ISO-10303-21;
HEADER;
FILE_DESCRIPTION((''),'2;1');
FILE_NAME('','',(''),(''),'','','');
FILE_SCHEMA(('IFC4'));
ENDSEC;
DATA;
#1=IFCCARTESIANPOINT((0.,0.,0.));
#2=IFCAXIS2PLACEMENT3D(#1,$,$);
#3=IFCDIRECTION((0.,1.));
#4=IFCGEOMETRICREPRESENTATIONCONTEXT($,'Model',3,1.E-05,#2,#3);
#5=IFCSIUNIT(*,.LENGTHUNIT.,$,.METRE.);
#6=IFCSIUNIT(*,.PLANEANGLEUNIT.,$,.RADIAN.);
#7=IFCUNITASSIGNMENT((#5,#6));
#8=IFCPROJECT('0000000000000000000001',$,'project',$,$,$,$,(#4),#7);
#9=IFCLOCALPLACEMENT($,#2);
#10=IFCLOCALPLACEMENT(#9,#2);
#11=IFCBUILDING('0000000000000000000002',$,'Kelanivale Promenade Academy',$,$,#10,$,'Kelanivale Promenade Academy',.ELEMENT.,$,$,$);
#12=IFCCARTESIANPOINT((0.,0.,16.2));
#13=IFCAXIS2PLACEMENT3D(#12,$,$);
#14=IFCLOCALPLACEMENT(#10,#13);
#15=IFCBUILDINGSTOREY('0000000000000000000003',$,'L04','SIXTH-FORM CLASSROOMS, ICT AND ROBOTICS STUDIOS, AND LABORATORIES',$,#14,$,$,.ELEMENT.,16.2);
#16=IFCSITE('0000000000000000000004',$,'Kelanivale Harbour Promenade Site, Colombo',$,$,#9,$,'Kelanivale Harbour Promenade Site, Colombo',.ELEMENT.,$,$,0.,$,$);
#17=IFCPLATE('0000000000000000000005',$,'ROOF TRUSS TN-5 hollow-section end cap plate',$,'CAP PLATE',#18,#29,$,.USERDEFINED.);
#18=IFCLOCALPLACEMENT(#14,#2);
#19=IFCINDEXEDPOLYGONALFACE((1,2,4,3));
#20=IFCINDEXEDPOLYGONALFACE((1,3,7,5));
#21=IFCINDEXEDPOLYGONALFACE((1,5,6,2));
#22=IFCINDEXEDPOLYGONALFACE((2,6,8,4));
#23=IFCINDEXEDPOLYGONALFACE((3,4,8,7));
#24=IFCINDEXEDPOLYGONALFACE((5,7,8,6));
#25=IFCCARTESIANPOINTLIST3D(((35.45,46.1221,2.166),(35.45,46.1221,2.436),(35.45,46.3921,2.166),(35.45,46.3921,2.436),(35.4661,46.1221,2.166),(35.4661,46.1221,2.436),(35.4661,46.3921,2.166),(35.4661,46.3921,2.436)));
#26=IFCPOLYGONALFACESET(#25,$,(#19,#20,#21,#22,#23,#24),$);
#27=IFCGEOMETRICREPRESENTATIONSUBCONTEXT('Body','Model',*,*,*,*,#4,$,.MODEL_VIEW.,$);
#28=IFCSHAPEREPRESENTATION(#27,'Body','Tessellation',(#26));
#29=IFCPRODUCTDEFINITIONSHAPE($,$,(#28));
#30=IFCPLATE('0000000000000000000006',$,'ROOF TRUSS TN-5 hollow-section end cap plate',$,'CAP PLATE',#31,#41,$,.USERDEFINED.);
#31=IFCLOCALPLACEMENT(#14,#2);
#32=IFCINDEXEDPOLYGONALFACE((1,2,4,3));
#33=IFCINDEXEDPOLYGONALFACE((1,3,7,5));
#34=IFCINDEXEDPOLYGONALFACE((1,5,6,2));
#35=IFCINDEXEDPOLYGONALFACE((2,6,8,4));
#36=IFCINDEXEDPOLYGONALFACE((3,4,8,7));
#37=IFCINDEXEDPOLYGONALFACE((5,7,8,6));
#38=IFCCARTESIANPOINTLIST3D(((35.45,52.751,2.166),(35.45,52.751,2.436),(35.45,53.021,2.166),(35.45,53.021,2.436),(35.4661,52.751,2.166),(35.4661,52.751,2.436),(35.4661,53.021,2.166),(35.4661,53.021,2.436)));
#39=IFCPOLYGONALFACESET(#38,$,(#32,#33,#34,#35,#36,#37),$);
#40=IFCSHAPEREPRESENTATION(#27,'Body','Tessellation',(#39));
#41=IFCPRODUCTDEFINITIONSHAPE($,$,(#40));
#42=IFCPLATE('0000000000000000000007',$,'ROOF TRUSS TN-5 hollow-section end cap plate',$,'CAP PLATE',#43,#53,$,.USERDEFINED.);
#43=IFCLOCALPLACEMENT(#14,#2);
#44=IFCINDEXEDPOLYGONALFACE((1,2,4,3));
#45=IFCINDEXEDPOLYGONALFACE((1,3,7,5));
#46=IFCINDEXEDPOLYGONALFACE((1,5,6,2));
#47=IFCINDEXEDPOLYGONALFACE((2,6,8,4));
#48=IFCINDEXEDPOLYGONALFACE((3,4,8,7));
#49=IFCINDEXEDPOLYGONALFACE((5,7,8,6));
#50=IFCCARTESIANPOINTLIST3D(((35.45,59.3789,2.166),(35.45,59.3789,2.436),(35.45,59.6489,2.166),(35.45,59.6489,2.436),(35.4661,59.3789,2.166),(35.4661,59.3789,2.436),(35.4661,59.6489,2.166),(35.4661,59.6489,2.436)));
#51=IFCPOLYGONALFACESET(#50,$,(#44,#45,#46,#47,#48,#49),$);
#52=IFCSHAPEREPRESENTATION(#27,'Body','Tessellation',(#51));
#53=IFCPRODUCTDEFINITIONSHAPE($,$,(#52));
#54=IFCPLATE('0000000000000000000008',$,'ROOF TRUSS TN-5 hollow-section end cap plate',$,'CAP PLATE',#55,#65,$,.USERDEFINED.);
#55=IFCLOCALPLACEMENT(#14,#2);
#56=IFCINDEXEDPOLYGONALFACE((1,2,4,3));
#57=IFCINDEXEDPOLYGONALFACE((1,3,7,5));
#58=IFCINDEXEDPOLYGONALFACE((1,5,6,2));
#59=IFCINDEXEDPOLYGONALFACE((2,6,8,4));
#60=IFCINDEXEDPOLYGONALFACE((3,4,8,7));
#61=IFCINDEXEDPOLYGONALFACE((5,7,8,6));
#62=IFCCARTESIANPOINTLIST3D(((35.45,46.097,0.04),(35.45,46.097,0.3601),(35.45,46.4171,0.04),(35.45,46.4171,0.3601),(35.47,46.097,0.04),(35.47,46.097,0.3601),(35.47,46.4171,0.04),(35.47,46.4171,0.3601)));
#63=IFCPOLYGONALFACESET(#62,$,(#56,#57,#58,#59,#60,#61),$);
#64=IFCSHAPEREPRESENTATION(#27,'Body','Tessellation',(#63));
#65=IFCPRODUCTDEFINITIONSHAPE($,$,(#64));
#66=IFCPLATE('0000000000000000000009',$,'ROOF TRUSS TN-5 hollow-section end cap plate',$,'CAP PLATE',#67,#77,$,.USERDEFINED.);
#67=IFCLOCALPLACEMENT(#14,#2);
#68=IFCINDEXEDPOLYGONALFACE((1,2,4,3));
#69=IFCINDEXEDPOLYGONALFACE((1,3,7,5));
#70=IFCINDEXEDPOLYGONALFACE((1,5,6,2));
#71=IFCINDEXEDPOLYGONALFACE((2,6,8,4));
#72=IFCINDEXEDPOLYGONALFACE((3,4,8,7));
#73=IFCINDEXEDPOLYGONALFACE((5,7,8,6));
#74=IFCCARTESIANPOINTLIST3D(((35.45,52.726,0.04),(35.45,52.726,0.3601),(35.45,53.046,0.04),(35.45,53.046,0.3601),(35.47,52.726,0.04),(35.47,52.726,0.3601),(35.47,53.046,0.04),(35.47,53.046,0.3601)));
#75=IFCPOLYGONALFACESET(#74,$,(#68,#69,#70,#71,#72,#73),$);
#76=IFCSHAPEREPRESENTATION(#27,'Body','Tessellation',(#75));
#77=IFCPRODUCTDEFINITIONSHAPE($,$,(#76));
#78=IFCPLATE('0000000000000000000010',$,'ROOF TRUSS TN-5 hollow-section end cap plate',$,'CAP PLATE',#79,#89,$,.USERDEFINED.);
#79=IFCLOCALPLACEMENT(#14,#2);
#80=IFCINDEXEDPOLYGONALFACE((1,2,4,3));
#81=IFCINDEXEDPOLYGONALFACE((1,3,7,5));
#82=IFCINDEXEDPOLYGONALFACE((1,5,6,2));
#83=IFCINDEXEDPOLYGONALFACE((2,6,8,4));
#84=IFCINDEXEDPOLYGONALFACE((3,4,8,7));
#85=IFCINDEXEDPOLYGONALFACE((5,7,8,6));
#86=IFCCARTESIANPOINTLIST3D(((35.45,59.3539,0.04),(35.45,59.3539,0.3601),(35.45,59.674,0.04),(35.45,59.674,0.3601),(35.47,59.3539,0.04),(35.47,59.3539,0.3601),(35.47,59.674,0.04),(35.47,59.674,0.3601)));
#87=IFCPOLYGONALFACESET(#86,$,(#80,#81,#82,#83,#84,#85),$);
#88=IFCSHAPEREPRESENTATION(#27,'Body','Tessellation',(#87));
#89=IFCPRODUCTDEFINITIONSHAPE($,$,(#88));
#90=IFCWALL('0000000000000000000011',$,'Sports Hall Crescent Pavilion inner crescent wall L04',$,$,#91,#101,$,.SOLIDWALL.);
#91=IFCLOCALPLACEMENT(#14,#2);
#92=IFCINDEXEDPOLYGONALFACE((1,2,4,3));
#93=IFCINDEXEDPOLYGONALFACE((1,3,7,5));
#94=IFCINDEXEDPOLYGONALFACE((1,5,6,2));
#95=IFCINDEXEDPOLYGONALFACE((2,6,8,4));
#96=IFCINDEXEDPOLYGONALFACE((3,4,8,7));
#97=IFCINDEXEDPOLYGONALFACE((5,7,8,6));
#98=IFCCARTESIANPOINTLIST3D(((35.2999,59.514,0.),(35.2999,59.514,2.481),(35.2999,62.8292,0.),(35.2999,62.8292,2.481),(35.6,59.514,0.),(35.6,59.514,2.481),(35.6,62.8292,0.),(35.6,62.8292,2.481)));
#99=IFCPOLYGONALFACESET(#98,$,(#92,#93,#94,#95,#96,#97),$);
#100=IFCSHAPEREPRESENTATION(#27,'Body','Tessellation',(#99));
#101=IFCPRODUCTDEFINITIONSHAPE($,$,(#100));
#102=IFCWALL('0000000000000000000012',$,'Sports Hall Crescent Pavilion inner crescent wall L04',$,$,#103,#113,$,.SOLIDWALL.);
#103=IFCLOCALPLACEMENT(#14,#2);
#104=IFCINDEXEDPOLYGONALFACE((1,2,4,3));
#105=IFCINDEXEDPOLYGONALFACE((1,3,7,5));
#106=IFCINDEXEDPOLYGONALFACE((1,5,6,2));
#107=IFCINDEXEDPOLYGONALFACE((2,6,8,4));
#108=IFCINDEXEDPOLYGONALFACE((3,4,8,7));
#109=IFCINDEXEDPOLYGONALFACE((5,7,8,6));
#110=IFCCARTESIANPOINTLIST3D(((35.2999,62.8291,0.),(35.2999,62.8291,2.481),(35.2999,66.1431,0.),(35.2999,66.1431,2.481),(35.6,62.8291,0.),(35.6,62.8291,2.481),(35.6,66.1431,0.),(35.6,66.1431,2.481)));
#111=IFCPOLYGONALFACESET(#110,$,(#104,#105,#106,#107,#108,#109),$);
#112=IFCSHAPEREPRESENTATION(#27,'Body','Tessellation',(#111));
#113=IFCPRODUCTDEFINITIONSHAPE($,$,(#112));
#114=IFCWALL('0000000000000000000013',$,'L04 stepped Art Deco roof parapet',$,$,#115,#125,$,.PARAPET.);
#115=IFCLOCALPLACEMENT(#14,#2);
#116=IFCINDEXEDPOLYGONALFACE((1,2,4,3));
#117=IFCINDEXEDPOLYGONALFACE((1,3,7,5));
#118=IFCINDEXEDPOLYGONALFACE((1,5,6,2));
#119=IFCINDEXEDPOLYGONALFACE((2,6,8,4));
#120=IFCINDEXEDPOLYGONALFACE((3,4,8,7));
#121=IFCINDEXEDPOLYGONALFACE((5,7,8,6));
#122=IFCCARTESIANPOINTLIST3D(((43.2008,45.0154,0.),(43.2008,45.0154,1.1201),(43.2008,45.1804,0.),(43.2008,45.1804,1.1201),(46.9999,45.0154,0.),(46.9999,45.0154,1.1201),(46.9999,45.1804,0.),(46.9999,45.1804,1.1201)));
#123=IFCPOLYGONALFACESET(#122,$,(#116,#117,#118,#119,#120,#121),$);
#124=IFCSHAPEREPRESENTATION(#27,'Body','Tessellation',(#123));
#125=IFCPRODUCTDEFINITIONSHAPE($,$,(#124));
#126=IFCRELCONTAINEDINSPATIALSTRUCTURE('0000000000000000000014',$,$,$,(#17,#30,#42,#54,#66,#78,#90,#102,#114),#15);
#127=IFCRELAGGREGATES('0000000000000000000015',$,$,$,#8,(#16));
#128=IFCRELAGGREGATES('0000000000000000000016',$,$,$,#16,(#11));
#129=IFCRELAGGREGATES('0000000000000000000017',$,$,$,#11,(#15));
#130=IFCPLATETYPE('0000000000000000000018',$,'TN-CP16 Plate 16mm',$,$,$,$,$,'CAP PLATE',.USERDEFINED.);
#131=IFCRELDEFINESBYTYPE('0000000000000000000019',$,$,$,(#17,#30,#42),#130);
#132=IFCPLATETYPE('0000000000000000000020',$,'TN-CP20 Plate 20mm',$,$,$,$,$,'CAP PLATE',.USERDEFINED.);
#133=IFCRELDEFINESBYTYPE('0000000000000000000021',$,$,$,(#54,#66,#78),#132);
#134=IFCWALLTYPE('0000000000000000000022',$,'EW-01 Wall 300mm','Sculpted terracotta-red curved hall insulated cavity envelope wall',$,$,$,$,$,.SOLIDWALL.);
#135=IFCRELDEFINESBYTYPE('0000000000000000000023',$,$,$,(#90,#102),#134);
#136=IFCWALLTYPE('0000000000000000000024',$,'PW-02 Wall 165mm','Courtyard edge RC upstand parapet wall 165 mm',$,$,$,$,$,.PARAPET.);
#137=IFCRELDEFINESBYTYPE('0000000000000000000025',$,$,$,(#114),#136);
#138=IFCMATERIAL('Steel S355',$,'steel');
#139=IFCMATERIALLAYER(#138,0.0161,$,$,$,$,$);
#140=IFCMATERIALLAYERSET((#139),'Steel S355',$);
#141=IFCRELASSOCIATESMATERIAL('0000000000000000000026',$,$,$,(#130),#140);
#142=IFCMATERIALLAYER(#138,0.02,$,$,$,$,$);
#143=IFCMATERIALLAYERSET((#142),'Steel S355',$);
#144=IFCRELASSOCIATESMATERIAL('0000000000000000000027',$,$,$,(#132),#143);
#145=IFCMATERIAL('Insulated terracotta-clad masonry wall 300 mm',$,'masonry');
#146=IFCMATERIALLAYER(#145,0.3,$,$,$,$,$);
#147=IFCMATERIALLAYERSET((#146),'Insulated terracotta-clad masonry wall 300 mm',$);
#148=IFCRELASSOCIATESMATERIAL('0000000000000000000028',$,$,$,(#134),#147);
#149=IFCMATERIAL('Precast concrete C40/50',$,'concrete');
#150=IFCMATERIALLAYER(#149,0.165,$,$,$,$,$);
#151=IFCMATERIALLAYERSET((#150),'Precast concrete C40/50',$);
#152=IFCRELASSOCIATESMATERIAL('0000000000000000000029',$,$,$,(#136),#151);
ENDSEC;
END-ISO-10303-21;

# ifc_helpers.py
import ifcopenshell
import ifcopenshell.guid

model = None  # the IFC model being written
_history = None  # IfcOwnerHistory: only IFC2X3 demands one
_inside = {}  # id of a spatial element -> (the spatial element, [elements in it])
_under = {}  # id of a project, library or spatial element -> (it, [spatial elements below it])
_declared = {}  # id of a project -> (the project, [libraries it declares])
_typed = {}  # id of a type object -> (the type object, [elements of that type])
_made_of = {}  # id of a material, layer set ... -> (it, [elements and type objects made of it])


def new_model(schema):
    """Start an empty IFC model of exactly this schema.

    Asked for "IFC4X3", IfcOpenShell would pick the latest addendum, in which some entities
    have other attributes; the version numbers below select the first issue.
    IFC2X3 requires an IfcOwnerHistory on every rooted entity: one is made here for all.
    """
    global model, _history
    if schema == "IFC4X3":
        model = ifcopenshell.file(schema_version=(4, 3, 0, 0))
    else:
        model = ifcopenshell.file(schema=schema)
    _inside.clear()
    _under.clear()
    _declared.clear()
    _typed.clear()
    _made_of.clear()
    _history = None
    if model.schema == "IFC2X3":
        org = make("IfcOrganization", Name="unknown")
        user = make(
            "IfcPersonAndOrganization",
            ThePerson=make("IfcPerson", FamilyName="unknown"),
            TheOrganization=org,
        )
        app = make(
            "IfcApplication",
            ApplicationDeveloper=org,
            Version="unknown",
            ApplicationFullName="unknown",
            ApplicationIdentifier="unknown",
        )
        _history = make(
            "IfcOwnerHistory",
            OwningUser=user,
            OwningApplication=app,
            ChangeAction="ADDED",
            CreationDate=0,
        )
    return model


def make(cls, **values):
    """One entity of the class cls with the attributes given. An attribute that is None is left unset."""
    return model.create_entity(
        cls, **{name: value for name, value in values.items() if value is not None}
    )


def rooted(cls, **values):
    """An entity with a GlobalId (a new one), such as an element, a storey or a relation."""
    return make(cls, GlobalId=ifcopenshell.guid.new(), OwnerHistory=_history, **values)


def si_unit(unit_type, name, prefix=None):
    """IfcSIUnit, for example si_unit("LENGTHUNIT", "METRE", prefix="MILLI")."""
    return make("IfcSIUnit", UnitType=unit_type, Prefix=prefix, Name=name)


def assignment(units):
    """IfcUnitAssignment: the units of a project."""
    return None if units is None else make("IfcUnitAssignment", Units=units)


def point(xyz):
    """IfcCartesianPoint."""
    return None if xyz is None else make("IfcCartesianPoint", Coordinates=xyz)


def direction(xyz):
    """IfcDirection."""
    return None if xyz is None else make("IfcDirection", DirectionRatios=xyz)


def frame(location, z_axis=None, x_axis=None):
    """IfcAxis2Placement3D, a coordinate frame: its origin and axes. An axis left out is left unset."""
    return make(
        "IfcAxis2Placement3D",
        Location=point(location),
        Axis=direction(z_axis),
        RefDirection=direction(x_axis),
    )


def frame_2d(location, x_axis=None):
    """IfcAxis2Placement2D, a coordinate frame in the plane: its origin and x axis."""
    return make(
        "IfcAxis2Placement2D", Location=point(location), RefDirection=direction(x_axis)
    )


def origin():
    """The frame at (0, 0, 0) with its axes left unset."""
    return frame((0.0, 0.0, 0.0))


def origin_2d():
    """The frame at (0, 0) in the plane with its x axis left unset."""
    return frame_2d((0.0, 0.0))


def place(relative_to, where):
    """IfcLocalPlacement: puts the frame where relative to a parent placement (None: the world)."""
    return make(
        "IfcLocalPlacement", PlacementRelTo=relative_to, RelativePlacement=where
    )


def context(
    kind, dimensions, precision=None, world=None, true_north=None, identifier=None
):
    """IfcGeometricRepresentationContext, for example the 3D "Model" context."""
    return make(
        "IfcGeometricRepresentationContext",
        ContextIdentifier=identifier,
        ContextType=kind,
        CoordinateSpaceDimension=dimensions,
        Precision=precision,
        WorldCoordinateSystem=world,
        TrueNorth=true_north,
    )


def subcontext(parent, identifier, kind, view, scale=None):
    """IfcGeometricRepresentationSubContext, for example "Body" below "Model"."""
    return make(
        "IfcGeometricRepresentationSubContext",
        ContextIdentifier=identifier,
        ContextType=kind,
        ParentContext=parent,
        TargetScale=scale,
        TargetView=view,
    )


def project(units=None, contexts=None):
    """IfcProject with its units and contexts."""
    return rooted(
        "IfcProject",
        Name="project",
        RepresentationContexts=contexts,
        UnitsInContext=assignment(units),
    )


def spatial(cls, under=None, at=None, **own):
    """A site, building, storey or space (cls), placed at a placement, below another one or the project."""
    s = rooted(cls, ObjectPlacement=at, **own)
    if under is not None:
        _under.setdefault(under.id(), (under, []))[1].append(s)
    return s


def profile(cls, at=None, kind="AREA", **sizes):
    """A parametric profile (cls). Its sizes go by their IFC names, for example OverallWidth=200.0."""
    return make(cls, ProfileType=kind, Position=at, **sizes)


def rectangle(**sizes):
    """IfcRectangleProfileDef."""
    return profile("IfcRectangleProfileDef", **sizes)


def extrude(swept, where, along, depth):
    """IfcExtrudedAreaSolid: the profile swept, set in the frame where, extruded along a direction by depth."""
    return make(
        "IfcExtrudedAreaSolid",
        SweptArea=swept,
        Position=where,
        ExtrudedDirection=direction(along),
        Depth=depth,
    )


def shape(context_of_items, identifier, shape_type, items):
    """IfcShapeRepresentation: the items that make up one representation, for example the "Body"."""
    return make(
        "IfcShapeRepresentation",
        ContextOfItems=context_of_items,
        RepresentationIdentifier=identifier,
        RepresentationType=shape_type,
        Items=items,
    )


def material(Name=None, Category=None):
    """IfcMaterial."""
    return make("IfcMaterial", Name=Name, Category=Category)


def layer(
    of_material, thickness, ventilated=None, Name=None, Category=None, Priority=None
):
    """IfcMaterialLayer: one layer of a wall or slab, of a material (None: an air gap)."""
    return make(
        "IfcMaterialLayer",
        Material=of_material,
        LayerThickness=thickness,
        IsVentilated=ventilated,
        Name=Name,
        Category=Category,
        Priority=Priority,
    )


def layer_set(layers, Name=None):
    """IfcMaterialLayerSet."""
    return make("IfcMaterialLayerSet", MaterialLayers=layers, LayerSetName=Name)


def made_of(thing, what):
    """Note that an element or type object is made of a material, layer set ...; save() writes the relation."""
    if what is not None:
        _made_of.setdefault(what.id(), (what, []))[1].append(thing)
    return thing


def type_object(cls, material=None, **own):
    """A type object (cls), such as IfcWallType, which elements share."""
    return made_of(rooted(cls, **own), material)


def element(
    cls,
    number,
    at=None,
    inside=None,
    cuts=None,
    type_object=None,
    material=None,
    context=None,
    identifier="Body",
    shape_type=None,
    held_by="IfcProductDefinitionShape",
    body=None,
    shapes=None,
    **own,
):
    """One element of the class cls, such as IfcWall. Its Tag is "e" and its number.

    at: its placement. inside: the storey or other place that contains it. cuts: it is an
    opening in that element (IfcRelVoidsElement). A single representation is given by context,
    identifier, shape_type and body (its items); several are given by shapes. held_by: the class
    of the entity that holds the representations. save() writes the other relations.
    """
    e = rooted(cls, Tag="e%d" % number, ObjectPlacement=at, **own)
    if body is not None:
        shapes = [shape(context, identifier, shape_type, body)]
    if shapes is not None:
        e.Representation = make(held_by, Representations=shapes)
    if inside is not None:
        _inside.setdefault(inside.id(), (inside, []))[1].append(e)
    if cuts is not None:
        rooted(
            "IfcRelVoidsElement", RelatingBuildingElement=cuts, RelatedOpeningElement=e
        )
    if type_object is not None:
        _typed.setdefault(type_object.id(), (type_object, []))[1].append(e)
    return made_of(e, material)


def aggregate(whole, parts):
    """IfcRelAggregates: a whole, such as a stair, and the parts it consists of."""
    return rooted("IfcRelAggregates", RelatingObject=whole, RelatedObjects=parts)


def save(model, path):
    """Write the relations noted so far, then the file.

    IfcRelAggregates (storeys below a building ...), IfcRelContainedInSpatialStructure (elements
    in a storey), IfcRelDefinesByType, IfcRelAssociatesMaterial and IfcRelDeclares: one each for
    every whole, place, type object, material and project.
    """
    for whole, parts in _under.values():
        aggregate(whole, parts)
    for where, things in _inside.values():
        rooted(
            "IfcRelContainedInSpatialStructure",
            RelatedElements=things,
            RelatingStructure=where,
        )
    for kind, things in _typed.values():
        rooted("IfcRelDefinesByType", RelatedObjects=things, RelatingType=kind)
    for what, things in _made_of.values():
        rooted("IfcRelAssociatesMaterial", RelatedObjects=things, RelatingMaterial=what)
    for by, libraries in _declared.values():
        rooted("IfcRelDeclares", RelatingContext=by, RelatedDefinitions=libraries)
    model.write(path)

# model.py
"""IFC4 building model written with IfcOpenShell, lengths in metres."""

from ifc_helpers import new_model, si_unit, direction, frame, frame_2d, origin, origin_2d, place, context, subcontext, project, spatial, rectangle, extrude, material, layer, layer_set, type_object, element, save


model = new_model("IFC4")

# Units and contexts
model_context = context("Model", 3, precision=1e-05, world=origin(), true_north=direction((0.0, 1.0)))
body_context = subcontext(model_context, "Body", "Model", "MODEL_VIEW")
ifc_project = project(units=[si_unit("LENGTHUNIT", "METRE"), si_unit("PLANEANGLEUNIT", "RADIAN")], contexts=[model_context])

# Site, building, storey
site_placement = place(None, origin())
site = spatial("IfcSite", under=ifc_project, at=site_placement, Name="Kelanivale Harbour Promenade Site, Colombo", LongName="Kelanivale Harbour Promenade Site, Colombo", CompositionType="ELEMENT", RefElevation=0.0)
building_placement = place(site_placement, origin())
building = spatial("IfcBuilding", under=site, at=building_placement, Name="Kelanivale Promenade Academy", LongName="Kelanivale Promenade Academy", CompositionType="ELEMENT")
storey_placement = place(building_placement, frame((0.0, 0.0, 16.2)))
storey = spatial("IfcBuildingStorey", under=building, at=storey_placement, Name="L04", Description="SIXTH-FORM CLASSROOMS, ICT AND ROBOTICS STUDIOS, AND LABORATORIES", CompositionType="ELEMENT", Elevation=16.2)

# Shared definitions
ifc_material_1 = material(Name="Steel S355", Category="steel")

# Plates
ifc_layer_1 = layer(ifc_material_1, 0.0161)
ifc_layer_set_1 = layer_set([ifc_layer_1], Name="Steel S355")
plate_type_1 = type_object("IfcPlateType", Name="TN-CP16 Plate 16mm", ElementType="CAP PLATE", PredefinedType="USERDEFINED", material=ifc_layer_set_1)
for number, where, z_axis, x_axis, name in (
    (1, (35.458, 46.2571, 2.166), (0.0, 0.0, 1.0), (1.0, 0.0, 0.0), "ROOF TRUSS TN-5 hollow-section end cap plate"),
    (2, (35.458, 52.886, 2.166), (0.0, 0.0, 1.0), (1.0, 0.0, 0.0), "ROOF TRUSS TN-5 hollow-section end cap plate"),
    (3, (35.458, 59.5139, 2.166), (0.0, 0.0, 1.0), (1.0, 0.0, 0.0), "ROOF TRUSS TN-5 hollow-section end cap plate"),
):
    element("IfcPlate", number, at=place(storey_placement, frame(where, z_axis=z_axis, x_axis=x_axis)), inside=storey, type_object=plate_type_1, Name=name, ObjectType="CAP PLATE", PredefinedType="USERDEFINED", context=body_context, shape_type="SweptSolid", body=[
        extrude(rectangle(XDim=0.0161, YDim=0.27, at=origin_2d()), origin(), (0.0, 0.0, 1.0), 0.27),
    ])
ifc_layer_2 = layer(ifc_material_1, 0.02)
ifc_layer_set_2 = layer_set([ifc_layer_2], Name="Steel S355")
plate_type_2 = type_object("IfcPlateType", Name="TN-CP20 Plate 20mm", ElementType="CAP PLATE", PredefinedType="USERDEFINED", material=ifc_layer_set_2)
for number, where, z_axis, x_axis, name in (
    (4, (35.46, 46.2571, 0.04), (0.0, 0.0, 1.0), (1.0, 0.0, 0.0), "ROOF TRUSS TN-5 hollow-section end cap plate"),
    (5, (35.46, 52.886, 0.04), (0.0, 0.0, 1.0), (1.0, 0.0, 0.0), "ROOF TRUSS TN-5 hollow-section end cap plate"),
    (6, (35.46, 59.5139, 0.04), (0.0, 0.0, 1.0), (1.0, 0.0, 0.0), "ROOF TRUSS TN-5 hollow-section end cap plate"),
):
    element("IfcPlate", number, at=place(storey_placement, frame(where, z_axis=z_axis, x_axis=x_axis)), inside=storey, type_object=plate_type_2, Name=name, ObjectType="CAP PLATE", PredefinedType="USERDEFINED", context=body_context, shape_type="SweptSolid", body=[
        extrude(rectangle(XDim=0.02, YDim=0.3201, at=origin_2d()), origin(), (0.0, 0.0, 1.0), 0.3201),
    ])

# Walls
ifc_material_2 = material(Name="Insulated terracotta-clad masonry wall 300 mm", Category="masonry")
ifc_layer_3 = layer(ifc_material_2, 0.3)
ifc_layer_set_3 = layer_set([ifc_layer_3], Name="Insulated terracotta-clad masonry wall 300 mm")
wall_type_1 = type_object("IfcWallType", Name="EW-01 Wall 300mm", Description="Sculpted terracotta-red curved hall insulated cavity envelope wall", PredefinedType="SOLIDWALL", material=ifc_layer_set_3)
wall_1_placement = place(storey_placement, frame((35.45, 59.5139, 0.0), z_axis=(0.0, 0.0, 1.0), x_axis=(0.0, 1.0, 0.0)))
element("IfcWall", 7, at=wall_1_placement, inside=storey, type_object=wall_type_1, Name="Sports Hall Crescent Pavilion inner crescent wall L04", PredefinedType="SOLIDWALL", context=body_context, shape_type="SweptSolid", body=[
    extrude(rectangle(XDim=3.3152, YDim=0.3, at=frame_2d((1.6577, 0.0))), origin(), (0.0, 0.0, 1.0), 2.481),
])
wall_2_placement = place(storey_placement, frame((35.45, 62.8291, 0.0), z_axis=(0.0, 0.0, 1.0), x_axis=(0.0, 1.0, 0.0)))
element("IfcWall", 8, at=wall_2_placement, inside=storey, type_object=wall_type_1, Name="Sports Hall Crescent Pavilion inner crescent wall L04", PredefinedType="SOLIDWALL", context=body_context, shape_type="SweptSolid", body=[
    extrude(rectangle(XDim=3.314, YDim=0.3, at=frame_2d((1.657, 0.0))), origin(), (0.0, 0.0, 1.0), 2.481),
])
ifc_material_3 = material(Name="Precast concrete C40/50", Category="concrete")
ifc_layer_4 = layer(ifc_material_3, 0.165)
ifc_layer_set_4 = layer_set([ifc_layer_4], Name="Precast concrete C40/50")
wall_type_2 = type_object("IfcWallType", Name="PW-02 Wall 165mm", Description="Courtyard edge RC upstand parapet wall 165 mm", PredefinedType="PARAPET", material=ifc_layer_set_4)
wall_3_placement = place(storey_placement, frame((43.2009, 45.0979, 0.0), z_axis=(0.0, 0.0, 1.0), x_axis=(1.0, 0.0, 0.0)))
element("IfcWall", 9, at=wall_3_placement, inside=storey, type_object=wall_type_2, Name="L04 stepped Art Deco roof parapet", PredefinedType="PARAPET", context=body_context, shape_type="SweptSolid", body=[
    extrude(rectangle(XDim=3.7991, YDim=0.165, at=frame_2d((1.8994, 0.0))), origin(), (0.0, 0.0, 1.0), 1.1201),
])

save(model, "model.ifc")
